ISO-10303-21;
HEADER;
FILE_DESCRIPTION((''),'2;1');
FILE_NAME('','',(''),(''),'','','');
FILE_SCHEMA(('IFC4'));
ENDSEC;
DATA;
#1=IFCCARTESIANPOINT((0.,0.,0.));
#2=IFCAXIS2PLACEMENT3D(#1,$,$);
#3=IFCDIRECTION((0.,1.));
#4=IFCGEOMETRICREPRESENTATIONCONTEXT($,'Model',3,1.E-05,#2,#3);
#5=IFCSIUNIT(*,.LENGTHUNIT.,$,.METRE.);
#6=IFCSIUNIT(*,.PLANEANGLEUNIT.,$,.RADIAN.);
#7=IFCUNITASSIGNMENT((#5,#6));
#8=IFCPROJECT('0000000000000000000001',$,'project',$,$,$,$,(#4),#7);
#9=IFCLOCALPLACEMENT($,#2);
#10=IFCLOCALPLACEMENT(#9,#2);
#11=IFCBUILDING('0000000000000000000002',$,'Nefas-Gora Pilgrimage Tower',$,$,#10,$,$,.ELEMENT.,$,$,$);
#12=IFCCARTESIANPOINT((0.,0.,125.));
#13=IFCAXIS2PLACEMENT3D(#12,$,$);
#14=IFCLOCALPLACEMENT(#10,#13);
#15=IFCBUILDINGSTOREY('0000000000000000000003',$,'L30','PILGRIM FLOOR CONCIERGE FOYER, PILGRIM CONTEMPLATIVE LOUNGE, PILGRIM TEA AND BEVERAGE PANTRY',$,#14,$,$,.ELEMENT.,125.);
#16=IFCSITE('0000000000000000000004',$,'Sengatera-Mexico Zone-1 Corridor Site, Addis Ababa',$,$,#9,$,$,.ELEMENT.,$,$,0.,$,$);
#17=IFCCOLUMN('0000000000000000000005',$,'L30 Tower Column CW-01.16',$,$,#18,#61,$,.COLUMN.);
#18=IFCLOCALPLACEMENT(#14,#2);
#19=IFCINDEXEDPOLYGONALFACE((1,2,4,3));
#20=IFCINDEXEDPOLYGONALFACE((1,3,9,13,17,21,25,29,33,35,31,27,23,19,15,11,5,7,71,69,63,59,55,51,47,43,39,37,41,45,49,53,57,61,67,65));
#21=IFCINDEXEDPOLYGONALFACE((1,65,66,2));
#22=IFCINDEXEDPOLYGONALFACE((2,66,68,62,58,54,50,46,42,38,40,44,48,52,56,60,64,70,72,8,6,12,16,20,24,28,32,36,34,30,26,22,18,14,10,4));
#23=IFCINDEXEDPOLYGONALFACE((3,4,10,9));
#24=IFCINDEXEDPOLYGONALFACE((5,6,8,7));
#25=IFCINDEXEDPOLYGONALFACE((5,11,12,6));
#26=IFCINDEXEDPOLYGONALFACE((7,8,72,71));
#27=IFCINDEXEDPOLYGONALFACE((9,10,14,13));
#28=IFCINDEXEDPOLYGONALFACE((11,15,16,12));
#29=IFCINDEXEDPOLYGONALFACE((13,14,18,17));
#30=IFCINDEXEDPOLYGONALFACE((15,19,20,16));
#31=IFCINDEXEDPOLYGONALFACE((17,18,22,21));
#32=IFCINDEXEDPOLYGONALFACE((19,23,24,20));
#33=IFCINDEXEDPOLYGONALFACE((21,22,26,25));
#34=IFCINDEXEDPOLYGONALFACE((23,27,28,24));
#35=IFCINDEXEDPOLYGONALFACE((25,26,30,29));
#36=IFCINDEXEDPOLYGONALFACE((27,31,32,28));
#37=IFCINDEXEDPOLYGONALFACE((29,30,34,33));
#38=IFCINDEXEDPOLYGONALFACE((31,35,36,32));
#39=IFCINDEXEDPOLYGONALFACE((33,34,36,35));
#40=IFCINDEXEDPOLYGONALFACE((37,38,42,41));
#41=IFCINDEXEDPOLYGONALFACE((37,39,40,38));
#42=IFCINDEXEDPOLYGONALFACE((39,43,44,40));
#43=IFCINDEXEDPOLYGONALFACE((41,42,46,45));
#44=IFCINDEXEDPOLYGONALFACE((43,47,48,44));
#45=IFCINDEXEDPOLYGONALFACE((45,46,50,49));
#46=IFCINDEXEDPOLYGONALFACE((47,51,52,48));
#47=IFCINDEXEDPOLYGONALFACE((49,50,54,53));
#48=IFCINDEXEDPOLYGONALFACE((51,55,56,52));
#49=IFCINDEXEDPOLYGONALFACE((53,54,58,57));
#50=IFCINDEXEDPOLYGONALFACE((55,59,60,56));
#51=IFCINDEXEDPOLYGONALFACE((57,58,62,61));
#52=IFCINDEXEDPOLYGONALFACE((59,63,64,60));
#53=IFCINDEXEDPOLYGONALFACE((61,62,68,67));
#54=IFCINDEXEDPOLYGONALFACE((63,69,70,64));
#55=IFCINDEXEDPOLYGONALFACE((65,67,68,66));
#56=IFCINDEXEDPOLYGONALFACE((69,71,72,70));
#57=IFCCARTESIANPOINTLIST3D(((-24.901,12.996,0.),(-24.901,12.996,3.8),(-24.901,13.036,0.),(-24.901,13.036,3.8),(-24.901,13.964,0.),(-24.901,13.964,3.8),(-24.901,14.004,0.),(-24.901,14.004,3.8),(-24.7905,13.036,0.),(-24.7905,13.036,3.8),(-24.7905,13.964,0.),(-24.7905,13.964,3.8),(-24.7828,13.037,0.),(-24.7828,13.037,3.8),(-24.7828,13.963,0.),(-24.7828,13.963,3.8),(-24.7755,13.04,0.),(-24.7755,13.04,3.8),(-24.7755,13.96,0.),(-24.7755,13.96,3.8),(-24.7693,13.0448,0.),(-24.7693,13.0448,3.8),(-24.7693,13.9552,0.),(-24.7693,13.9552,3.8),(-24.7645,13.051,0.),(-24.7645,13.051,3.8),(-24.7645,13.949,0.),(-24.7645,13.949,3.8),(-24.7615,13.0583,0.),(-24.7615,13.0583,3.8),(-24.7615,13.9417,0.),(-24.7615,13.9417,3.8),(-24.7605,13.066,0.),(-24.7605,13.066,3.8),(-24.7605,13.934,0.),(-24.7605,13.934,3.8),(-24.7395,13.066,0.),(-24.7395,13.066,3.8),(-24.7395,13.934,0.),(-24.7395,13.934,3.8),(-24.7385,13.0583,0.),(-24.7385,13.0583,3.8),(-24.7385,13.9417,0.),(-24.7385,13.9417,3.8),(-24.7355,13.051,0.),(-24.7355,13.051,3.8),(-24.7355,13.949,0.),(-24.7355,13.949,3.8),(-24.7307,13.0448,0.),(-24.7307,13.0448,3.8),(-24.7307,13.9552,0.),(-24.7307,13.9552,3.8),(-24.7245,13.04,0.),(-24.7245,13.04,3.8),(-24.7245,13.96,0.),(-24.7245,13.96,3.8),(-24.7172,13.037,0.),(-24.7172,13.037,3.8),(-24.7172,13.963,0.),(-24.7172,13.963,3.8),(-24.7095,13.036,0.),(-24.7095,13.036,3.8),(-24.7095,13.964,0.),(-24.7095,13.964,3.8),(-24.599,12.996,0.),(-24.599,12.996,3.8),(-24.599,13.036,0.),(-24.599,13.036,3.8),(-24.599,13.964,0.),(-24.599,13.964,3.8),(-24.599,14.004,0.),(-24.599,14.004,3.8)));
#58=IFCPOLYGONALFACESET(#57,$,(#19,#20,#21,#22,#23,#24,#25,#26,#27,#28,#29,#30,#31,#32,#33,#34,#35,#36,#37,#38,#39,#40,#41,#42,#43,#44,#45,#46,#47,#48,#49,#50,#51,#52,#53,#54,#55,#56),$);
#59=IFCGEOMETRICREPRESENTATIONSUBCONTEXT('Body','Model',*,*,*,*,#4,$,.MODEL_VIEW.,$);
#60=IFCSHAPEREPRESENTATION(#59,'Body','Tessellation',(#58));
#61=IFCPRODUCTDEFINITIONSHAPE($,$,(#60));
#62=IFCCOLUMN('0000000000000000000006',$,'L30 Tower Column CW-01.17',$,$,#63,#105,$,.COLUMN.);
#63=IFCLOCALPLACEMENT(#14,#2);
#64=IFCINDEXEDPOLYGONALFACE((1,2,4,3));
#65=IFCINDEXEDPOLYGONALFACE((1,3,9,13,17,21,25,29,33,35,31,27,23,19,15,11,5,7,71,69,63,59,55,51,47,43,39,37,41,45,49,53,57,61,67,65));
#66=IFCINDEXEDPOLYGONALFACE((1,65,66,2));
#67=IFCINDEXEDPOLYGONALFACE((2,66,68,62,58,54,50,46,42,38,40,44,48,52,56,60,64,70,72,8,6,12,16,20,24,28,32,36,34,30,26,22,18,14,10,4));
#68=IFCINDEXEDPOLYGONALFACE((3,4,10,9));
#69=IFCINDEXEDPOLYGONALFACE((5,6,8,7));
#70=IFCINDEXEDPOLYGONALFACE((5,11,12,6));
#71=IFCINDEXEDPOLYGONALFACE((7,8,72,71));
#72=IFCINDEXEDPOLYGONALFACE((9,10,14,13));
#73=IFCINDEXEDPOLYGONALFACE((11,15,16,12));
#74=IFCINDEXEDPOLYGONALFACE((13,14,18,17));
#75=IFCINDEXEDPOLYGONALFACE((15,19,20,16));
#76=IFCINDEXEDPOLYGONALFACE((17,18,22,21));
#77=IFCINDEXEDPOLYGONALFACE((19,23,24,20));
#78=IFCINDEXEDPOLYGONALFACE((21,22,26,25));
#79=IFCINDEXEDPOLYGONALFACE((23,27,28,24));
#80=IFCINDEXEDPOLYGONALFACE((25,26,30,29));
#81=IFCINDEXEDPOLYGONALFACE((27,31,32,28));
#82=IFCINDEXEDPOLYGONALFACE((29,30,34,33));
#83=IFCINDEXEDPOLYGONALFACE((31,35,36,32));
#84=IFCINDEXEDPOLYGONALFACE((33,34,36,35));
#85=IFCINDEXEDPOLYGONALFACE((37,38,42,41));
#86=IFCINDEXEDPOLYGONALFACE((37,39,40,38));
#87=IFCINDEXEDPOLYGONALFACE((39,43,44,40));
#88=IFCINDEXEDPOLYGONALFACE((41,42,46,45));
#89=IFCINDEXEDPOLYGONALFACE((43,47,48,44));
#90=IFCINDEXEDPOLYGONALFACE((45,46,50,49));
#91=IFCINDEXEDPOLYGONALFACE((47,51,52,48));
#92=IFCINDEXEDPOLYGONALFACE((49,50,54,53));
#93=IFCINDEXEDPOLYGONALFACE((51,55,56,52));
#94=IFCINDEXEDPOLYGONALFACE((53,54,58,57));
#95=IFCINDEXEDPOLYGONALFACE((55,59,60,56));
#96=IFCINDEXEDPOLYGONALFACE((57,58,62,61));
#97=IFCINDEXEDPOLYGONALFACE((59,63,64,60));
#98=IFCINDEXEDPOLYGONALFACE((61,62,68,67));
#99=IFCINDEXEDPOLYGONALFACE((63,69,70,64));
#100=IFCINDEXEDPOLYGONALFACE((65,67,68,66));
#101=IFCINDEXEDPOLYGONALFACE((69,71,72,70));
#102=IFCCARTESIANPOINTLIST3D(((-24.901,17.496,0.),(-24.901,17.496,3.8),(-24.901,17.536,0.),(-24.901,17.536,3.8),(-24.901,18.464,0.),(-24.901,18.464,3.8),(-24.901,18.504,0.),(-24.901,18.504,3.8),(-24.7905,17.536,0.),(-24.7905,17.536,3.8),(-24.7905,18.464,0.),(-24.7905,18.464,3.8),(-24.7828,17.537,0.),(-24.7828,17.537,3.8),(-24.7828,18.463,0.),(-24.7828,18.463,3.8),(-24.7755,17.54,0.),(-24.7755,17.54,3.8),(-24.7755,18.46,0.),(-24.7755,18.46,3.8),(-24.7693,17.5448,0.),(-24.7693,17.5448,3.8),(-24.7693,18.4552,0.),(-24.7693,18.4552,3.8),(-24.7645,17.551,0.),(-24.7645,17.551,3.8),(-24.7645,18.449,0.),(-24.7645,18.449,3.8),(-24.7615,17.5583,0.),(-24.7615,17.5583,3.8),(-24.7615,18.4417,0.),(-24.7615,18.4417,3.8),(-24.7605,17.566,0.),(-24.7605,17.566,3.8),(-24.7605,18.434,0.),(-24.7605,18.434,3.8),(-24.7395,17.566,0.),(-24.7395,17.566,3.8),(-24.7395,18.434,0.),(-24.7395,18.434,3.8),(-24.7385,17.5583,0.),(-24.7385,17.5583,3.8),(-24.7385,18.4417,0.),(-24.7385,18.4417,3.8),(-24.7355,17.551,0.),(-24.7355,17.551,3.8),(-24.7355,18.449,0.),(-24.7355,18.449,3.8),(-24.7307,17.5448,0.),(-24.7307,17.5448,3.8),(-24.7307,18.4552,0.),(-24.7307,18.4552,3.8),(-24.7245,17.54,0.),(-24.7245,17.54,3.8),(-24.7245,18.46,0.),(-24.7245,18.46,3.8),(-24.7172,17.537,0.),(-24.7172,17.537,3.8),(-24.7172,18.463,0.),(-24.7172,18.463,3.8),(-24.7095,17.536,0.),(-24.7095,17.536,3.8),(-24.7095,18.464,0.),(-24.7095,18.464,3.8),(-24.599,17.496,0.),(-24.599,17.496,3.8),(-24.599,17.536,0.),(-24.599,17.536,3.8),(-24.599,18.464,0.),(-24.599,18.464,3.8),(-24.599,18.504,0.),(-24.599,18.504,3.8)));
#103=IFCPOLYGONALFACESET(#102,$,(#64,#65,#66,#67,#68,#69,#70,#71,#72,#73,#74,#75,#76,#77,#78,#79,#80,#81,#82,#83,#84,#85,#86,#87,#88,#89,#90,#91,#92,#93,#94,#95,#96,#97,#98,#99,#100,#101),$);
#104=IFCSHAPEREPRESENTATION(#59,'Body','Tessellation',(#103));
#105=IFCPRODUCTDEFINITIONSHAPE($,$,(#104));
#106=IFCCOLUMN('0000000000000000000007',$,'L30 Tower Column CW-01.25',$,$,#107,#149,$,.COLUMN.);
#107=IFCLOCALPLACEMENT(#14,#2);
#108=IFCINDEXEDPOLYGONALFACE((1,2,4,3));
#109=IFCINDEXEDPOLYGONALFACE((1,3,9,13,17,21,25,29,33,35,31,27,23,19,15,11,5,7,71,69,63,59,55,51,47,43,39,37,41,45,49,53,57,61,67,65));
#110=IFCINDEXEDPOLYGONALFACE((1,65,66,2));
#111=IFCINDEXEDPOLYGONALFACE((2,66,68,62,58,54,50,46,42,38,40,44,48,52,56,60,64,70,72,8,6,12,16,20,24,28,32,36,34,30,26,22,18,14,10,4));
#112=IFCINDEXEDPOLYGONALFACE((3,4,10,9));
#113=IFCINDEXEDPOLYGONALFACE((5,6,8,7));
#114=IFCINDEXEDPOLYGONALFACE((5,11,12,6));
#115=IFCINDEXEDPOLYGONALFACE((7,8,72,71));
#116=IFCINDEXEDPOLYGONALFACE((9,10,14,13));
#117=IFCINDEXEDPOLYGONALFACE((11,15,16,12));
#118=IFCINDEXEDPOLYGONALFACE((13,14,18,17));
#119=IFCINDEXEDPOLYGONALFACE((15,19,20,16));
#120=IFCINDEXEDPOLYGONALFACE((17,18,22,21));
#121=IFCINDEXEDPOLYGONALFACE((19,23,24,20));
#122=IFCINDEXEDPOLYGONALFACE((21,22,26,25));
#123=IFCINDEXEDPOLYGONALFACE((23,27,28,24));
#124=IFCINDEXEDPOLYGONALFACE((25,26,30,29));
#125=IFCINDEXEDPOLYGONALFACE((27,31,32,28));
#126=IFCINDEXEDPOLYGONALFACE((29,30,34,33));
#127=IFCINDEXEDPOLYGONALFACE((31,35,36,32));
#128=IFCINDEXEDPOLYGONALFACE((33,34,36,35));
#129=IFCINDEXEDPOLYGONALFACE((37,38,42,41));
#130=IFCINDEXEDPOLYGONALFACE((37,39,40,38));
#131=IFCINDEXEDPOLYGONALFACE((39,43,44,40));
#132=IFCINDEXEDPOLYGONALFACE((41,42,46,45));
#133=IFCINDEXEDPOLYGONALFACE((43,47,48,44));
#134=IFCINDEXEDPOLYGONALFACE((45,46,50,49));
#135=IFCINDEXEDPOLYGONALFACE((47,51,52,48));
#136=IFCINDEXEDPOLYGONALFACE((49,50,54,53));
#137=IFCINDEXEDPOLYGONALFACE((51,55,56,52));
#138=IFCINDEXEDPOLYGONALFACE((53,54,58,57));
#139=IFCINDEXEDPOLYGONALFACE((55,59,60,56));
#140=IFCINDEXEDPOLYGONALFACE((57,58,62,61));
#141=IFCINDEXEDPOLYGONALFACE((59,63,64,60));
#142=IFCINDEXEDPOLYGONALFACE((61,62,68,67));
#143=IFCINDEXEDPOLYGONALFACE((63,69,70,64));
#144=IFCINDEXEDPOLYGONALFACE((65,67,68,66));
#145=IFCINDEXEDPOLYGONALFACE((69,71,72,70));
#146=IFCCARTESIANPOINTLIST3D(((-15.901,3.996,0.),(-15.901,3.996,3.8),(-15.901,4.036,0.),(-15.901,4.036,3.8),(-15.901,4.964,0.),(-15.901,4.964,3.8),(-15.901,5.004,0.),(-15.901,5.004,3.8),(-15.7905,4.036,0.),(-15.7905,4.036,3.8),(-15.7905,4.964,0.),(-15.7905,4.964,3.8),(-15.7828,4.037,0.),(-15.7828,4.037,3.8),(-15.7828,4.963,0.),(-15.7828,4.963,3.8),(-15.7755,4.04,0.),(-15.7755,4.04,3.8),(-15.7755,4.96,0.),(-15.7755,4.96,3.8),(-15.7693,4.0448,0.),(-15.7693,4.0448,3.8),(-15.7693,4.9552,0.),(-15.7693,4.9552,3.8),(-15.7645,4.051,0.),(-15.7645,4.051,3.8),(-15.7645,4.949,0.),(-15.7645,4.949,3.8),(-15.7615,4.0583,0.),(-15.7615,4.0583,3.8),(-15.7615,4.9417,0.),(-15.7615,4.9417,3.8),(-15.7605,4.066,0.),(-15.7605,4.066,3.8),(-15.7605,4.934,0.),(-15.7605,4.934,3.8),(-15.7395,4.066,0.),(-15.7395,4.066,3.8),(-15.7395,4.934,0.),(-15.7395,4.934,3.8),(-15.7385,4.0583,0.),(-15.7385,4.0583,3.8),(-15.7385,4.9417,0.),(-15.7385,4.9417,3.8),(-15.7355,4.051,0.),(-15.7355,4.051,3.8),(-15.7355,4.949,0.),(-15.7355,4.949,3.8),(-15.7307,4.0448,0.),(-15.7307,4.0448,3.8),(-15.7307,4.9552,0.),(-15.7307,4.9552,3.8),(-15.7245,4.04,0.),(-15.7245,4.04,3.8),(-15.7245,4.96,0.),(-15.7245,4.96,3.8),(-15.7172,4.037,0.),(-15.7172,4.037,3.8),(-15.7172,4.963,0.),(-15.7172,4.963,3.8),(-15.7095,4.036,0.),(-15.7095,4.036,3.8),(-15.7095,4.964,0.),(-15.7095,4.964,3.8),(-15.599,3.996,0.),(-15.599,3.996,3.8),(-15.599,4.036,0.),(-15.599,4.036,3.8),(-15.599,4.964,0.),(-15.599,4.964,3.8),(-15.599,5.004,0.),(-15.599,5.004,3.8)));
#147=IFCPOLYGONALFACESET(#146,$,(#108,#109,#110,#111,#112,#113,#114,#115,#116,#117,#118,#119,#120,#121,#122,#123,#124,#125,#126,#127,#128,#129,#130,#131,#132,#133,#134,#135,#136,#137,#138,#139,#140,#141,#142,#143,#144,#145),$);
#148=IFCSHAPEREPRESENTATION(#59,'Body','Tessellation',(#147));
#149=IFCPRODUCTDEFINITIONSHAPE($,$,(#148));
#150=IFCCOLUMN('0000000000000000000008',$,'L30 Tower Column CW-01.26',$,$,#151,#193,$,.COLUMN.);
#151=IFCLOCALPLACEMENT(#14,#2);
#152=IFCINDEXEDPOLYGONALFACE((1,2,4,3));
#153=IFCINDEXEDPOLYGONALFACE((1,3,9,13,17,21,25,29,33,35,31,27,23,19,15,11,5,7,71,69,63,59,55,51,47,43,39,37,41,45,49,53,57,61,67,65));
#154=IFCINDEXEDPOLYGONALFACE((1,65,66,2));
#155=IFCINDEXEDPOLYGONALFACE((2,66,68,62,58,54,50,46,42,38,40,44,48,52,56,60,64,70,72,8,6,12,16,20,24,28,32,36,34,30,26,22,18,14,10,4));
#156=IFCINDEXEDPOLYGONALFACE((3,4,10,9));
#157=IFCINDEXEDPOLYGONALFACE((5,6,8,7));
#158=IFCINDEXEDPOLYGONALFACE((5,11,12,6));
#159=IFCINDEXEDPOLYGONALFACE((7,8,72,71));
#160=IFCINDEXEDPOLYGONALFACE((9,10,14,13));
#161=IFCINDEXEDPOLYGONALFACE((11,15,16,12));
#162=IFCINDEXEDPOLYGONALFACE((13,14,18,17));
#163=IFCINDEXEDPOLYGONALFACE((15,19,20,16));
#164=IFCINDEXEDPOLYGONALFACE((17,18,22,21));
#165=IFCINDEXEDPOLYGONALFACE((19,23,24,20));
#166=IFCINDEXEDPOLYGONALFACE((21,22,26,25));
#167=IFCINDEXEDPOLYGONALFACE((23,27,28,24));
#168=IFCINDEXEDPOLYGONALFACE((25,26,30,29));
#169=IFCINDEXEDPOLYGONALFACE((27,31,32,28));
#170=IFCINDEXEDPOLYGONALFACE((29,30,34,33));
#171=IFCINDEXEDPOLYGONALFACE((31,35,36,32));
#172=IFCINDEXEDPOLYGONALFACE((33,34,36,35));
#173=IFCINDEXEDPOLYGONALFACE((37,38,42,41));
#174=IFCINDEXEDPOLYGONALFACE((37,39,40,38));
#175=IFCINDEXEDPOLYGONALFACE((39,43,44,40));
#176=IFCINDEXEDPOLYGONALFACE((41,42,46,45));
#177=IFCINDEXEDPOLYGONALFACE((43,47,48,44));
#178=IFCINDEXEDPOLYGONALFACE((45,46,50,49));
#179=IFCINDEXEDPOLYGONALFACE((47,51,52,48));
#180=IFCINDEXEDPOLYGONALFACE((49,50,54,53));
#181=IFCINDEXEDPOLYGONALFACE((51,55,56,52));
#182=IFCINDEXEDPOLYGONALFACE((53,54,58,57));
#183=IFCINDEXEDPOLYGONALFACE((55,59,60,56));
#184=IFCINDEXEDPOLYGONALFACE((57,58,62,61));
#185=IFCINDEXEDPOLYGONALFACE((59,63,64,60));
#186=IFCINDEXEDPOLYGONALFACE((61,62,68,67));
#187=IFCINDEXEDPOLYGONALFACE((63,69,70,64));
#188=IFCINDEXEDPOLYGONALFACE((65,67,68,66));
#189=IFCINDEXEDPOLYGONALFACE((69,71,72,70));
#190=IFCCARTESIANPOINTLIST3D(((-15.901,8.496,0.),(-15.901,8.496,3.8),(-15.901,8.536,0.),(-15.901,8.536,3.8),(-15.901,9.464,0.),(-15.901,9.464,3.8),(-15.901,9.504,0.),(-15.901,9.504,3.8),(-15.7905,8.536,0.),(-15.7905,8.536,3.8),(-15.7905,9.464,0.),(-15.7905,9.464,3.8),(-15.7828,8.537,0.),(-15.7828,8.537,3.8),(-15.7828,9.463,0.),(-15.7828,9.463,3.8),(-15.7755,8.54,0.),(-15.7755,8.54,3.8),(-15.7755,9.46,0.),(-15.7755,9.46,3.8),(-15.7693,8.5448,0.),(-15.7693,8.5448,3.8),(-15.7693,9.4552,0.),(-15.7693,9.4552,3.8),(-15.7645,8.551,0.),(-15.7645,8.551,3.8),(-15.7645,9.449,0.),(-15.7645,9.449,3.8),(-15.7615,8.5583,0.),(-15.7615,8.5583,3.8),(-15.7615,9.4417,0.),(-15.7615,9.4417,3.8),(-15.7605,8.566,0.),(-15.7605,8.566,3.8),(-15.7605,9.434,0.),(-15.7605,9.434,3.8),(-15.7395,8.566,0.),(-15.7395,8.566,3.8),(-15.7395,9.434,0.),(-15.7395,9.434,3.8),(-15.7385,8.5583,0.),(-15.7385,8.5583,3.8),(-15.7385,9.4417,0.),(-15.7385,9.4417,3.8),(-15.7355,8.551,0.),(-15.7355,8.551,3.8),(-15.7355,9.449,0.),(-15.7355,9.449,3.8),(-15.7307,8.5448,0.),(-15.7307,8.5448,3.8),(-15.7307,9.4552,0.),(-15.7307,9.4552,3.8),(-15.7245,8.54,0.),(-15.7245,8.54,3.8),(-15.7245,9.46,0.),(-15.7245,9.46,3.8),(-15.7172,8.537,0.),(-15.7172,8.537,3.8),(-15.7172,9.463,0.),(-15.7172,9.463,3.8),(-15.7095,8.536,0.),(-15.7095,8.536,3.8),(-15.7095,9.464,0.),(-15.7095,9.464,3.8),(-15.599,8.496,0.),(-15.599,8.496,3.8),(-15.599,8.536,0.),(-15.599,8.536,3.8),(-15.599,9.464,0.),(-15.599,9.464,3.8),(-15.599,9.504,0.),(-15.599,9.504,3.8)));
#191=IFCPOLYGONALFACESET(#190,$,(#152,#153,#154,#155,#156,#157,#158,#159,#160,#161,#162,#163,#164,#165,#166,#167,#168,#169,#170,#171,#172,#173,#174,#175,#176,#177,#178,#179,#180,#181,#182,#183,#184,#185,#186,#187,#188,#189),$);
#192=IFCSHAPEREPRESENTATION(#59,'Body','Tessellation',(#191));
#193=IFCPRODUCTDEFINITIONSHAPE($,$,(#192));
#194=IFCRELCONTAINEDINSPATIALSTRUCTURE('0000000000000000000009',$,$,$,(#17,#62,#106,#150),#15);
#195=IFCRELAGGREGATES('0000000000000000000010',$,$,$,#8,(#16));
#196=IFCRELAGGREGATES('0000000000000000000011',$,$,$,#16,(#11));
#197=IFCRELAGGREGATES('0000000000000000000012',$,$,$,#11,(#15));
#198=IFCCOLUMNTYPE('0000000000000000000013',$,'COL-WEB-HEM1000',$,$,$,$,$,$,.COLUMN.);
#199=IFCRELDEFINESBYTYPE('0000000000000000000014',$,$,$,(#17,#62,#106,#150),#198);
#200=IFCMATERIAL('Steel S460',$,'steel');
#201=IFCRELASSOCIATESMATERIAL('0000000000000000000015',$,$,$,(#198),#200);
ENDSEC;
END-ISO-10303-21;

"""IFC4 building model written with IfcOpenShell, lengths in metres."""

from ifc_helpers import new_model, si_unit, direction, frame, origin, origin_2d, place, context, subcontext, project, spatial, i_section, extrude, source, transform, mapped, material, material_profile, profile_set, type_object, element, save


model = new_model("IFC4")

# Units and contexts
model_context = context("Model", 3, precision=1e-05, world=origin(), true_north=direction((0.0, 1.0)))
body_context = subcontext(model_context, "Body", "Model", "MODEL_VIEW")
ifc_project = project(units=[si_unit("LENGTHUNIT", "METRE"), si_unit("PLANEANGLEUNIT", "RADIAN")], contexts=[model_context])

# Site, building, storey
site_placement = place(None, origin())
site = spatial("IfcSite", under=ifc_project, at=site_placement, Name="Sengatera-Mexico Zone-1 Corridor Site, Addis Ababa", CompositionType="ELEMENT", RefElevation=0.0)
building_placement = place(site_placement, origin())
building = spatial("IfcBuilding", under=site, at=building_placement, Name="Nefas-Gora Pilgrimage Tower", CompositionType="ELEMENT")
storey_placement = place(building_placement, frame((0.0, 0.0, 125.0)))
storey = spatial("IfcBuildingStorey", under=building, at=storey_placement, Name="L30", Description="PILGRIM FLOOR CONCIERGE FOYER, PILGRIM CONTEMPLATIVE LOUNGE, PILGRIM TEA AND BEVERAGE PANTRY", CompositionType="ELEMENT", Elevation=125.0)

# Columns
ifc_material_1 = material(Name="Steel S460", Category="steel")
ifc_material_profile_1 = material_profile(ifc_material_1, i_section(OverallWidth=0.302, OverallDepth=1.0081, WebThickness=0.021, FlangeThickness=0.04, FilletRadius=0.03, at=origin_2d()), Name="HEM 1000")
ifc_profile_set_1 = profile_set([ifc_material_profile_1], Name="Steel S460")
column_type_1 = type_object("IfcColumnType", Name="COL-WEB-HEM1000", PredefinedType="COLUMN", material=ifc_profile_set_1)
shared_shape_1 = source(origin(), body_context, "Body", "SweptSolid", [
    extrude(i_section(OverallWidth=0.302, OverallDepth=1.0081, WebThickness=0.021, FlangeThickness=0.04, FilletRadius=0.03, at=origin_2d()), origin(), (0.0, 0.0, 1.0), 3.8),
])
for number, where, z_axis, x_axis, name in (
    (1, (-24.75, 13.5, 0.0), (0.0, 0.0, 1.0), (1.0, 0.0, 0.0), "L30 Tower Column CW-01.16"),
    (2, (-24.75, 18.0, 0.0), (0.0, 0.0, 1.0), (1.0, 0.0, 0.0), "L30 Tower Column CW-01.17"),
    (3, (-15.75, 4.5, 0.0), (0.0, 0.0, 1.0), (1.0, 0.0, 0.0), "L30 Tower Column CW-01.25"),
    (4, (-15.75, 9.0, 0.0), (0.0, 0.0, 1.0), (1.0, 0.0, 0.0), "L30 Tower Column CW-01.26"),
):
    element("IfcColumn", number, at=place(storey_placement, frame(where, z_axis=z_axis, x_axis=x_axis)), inside=storey, type_object=column_type_1, Name=name, PredefinedType="COLUMN", context=body_context, shape_type="MappedRepresentation", body=[
        mapped(shared_shape_1, transform((0.0, 0.0, 0.0), x_axis=(1.0, 0.0, 0.0), y_axis=(0.0, 1.0, 0.0), z_axis=(0.0, 0.0, 1.0), scale=1.0)),
    ])

save(model, "model.ifc")
